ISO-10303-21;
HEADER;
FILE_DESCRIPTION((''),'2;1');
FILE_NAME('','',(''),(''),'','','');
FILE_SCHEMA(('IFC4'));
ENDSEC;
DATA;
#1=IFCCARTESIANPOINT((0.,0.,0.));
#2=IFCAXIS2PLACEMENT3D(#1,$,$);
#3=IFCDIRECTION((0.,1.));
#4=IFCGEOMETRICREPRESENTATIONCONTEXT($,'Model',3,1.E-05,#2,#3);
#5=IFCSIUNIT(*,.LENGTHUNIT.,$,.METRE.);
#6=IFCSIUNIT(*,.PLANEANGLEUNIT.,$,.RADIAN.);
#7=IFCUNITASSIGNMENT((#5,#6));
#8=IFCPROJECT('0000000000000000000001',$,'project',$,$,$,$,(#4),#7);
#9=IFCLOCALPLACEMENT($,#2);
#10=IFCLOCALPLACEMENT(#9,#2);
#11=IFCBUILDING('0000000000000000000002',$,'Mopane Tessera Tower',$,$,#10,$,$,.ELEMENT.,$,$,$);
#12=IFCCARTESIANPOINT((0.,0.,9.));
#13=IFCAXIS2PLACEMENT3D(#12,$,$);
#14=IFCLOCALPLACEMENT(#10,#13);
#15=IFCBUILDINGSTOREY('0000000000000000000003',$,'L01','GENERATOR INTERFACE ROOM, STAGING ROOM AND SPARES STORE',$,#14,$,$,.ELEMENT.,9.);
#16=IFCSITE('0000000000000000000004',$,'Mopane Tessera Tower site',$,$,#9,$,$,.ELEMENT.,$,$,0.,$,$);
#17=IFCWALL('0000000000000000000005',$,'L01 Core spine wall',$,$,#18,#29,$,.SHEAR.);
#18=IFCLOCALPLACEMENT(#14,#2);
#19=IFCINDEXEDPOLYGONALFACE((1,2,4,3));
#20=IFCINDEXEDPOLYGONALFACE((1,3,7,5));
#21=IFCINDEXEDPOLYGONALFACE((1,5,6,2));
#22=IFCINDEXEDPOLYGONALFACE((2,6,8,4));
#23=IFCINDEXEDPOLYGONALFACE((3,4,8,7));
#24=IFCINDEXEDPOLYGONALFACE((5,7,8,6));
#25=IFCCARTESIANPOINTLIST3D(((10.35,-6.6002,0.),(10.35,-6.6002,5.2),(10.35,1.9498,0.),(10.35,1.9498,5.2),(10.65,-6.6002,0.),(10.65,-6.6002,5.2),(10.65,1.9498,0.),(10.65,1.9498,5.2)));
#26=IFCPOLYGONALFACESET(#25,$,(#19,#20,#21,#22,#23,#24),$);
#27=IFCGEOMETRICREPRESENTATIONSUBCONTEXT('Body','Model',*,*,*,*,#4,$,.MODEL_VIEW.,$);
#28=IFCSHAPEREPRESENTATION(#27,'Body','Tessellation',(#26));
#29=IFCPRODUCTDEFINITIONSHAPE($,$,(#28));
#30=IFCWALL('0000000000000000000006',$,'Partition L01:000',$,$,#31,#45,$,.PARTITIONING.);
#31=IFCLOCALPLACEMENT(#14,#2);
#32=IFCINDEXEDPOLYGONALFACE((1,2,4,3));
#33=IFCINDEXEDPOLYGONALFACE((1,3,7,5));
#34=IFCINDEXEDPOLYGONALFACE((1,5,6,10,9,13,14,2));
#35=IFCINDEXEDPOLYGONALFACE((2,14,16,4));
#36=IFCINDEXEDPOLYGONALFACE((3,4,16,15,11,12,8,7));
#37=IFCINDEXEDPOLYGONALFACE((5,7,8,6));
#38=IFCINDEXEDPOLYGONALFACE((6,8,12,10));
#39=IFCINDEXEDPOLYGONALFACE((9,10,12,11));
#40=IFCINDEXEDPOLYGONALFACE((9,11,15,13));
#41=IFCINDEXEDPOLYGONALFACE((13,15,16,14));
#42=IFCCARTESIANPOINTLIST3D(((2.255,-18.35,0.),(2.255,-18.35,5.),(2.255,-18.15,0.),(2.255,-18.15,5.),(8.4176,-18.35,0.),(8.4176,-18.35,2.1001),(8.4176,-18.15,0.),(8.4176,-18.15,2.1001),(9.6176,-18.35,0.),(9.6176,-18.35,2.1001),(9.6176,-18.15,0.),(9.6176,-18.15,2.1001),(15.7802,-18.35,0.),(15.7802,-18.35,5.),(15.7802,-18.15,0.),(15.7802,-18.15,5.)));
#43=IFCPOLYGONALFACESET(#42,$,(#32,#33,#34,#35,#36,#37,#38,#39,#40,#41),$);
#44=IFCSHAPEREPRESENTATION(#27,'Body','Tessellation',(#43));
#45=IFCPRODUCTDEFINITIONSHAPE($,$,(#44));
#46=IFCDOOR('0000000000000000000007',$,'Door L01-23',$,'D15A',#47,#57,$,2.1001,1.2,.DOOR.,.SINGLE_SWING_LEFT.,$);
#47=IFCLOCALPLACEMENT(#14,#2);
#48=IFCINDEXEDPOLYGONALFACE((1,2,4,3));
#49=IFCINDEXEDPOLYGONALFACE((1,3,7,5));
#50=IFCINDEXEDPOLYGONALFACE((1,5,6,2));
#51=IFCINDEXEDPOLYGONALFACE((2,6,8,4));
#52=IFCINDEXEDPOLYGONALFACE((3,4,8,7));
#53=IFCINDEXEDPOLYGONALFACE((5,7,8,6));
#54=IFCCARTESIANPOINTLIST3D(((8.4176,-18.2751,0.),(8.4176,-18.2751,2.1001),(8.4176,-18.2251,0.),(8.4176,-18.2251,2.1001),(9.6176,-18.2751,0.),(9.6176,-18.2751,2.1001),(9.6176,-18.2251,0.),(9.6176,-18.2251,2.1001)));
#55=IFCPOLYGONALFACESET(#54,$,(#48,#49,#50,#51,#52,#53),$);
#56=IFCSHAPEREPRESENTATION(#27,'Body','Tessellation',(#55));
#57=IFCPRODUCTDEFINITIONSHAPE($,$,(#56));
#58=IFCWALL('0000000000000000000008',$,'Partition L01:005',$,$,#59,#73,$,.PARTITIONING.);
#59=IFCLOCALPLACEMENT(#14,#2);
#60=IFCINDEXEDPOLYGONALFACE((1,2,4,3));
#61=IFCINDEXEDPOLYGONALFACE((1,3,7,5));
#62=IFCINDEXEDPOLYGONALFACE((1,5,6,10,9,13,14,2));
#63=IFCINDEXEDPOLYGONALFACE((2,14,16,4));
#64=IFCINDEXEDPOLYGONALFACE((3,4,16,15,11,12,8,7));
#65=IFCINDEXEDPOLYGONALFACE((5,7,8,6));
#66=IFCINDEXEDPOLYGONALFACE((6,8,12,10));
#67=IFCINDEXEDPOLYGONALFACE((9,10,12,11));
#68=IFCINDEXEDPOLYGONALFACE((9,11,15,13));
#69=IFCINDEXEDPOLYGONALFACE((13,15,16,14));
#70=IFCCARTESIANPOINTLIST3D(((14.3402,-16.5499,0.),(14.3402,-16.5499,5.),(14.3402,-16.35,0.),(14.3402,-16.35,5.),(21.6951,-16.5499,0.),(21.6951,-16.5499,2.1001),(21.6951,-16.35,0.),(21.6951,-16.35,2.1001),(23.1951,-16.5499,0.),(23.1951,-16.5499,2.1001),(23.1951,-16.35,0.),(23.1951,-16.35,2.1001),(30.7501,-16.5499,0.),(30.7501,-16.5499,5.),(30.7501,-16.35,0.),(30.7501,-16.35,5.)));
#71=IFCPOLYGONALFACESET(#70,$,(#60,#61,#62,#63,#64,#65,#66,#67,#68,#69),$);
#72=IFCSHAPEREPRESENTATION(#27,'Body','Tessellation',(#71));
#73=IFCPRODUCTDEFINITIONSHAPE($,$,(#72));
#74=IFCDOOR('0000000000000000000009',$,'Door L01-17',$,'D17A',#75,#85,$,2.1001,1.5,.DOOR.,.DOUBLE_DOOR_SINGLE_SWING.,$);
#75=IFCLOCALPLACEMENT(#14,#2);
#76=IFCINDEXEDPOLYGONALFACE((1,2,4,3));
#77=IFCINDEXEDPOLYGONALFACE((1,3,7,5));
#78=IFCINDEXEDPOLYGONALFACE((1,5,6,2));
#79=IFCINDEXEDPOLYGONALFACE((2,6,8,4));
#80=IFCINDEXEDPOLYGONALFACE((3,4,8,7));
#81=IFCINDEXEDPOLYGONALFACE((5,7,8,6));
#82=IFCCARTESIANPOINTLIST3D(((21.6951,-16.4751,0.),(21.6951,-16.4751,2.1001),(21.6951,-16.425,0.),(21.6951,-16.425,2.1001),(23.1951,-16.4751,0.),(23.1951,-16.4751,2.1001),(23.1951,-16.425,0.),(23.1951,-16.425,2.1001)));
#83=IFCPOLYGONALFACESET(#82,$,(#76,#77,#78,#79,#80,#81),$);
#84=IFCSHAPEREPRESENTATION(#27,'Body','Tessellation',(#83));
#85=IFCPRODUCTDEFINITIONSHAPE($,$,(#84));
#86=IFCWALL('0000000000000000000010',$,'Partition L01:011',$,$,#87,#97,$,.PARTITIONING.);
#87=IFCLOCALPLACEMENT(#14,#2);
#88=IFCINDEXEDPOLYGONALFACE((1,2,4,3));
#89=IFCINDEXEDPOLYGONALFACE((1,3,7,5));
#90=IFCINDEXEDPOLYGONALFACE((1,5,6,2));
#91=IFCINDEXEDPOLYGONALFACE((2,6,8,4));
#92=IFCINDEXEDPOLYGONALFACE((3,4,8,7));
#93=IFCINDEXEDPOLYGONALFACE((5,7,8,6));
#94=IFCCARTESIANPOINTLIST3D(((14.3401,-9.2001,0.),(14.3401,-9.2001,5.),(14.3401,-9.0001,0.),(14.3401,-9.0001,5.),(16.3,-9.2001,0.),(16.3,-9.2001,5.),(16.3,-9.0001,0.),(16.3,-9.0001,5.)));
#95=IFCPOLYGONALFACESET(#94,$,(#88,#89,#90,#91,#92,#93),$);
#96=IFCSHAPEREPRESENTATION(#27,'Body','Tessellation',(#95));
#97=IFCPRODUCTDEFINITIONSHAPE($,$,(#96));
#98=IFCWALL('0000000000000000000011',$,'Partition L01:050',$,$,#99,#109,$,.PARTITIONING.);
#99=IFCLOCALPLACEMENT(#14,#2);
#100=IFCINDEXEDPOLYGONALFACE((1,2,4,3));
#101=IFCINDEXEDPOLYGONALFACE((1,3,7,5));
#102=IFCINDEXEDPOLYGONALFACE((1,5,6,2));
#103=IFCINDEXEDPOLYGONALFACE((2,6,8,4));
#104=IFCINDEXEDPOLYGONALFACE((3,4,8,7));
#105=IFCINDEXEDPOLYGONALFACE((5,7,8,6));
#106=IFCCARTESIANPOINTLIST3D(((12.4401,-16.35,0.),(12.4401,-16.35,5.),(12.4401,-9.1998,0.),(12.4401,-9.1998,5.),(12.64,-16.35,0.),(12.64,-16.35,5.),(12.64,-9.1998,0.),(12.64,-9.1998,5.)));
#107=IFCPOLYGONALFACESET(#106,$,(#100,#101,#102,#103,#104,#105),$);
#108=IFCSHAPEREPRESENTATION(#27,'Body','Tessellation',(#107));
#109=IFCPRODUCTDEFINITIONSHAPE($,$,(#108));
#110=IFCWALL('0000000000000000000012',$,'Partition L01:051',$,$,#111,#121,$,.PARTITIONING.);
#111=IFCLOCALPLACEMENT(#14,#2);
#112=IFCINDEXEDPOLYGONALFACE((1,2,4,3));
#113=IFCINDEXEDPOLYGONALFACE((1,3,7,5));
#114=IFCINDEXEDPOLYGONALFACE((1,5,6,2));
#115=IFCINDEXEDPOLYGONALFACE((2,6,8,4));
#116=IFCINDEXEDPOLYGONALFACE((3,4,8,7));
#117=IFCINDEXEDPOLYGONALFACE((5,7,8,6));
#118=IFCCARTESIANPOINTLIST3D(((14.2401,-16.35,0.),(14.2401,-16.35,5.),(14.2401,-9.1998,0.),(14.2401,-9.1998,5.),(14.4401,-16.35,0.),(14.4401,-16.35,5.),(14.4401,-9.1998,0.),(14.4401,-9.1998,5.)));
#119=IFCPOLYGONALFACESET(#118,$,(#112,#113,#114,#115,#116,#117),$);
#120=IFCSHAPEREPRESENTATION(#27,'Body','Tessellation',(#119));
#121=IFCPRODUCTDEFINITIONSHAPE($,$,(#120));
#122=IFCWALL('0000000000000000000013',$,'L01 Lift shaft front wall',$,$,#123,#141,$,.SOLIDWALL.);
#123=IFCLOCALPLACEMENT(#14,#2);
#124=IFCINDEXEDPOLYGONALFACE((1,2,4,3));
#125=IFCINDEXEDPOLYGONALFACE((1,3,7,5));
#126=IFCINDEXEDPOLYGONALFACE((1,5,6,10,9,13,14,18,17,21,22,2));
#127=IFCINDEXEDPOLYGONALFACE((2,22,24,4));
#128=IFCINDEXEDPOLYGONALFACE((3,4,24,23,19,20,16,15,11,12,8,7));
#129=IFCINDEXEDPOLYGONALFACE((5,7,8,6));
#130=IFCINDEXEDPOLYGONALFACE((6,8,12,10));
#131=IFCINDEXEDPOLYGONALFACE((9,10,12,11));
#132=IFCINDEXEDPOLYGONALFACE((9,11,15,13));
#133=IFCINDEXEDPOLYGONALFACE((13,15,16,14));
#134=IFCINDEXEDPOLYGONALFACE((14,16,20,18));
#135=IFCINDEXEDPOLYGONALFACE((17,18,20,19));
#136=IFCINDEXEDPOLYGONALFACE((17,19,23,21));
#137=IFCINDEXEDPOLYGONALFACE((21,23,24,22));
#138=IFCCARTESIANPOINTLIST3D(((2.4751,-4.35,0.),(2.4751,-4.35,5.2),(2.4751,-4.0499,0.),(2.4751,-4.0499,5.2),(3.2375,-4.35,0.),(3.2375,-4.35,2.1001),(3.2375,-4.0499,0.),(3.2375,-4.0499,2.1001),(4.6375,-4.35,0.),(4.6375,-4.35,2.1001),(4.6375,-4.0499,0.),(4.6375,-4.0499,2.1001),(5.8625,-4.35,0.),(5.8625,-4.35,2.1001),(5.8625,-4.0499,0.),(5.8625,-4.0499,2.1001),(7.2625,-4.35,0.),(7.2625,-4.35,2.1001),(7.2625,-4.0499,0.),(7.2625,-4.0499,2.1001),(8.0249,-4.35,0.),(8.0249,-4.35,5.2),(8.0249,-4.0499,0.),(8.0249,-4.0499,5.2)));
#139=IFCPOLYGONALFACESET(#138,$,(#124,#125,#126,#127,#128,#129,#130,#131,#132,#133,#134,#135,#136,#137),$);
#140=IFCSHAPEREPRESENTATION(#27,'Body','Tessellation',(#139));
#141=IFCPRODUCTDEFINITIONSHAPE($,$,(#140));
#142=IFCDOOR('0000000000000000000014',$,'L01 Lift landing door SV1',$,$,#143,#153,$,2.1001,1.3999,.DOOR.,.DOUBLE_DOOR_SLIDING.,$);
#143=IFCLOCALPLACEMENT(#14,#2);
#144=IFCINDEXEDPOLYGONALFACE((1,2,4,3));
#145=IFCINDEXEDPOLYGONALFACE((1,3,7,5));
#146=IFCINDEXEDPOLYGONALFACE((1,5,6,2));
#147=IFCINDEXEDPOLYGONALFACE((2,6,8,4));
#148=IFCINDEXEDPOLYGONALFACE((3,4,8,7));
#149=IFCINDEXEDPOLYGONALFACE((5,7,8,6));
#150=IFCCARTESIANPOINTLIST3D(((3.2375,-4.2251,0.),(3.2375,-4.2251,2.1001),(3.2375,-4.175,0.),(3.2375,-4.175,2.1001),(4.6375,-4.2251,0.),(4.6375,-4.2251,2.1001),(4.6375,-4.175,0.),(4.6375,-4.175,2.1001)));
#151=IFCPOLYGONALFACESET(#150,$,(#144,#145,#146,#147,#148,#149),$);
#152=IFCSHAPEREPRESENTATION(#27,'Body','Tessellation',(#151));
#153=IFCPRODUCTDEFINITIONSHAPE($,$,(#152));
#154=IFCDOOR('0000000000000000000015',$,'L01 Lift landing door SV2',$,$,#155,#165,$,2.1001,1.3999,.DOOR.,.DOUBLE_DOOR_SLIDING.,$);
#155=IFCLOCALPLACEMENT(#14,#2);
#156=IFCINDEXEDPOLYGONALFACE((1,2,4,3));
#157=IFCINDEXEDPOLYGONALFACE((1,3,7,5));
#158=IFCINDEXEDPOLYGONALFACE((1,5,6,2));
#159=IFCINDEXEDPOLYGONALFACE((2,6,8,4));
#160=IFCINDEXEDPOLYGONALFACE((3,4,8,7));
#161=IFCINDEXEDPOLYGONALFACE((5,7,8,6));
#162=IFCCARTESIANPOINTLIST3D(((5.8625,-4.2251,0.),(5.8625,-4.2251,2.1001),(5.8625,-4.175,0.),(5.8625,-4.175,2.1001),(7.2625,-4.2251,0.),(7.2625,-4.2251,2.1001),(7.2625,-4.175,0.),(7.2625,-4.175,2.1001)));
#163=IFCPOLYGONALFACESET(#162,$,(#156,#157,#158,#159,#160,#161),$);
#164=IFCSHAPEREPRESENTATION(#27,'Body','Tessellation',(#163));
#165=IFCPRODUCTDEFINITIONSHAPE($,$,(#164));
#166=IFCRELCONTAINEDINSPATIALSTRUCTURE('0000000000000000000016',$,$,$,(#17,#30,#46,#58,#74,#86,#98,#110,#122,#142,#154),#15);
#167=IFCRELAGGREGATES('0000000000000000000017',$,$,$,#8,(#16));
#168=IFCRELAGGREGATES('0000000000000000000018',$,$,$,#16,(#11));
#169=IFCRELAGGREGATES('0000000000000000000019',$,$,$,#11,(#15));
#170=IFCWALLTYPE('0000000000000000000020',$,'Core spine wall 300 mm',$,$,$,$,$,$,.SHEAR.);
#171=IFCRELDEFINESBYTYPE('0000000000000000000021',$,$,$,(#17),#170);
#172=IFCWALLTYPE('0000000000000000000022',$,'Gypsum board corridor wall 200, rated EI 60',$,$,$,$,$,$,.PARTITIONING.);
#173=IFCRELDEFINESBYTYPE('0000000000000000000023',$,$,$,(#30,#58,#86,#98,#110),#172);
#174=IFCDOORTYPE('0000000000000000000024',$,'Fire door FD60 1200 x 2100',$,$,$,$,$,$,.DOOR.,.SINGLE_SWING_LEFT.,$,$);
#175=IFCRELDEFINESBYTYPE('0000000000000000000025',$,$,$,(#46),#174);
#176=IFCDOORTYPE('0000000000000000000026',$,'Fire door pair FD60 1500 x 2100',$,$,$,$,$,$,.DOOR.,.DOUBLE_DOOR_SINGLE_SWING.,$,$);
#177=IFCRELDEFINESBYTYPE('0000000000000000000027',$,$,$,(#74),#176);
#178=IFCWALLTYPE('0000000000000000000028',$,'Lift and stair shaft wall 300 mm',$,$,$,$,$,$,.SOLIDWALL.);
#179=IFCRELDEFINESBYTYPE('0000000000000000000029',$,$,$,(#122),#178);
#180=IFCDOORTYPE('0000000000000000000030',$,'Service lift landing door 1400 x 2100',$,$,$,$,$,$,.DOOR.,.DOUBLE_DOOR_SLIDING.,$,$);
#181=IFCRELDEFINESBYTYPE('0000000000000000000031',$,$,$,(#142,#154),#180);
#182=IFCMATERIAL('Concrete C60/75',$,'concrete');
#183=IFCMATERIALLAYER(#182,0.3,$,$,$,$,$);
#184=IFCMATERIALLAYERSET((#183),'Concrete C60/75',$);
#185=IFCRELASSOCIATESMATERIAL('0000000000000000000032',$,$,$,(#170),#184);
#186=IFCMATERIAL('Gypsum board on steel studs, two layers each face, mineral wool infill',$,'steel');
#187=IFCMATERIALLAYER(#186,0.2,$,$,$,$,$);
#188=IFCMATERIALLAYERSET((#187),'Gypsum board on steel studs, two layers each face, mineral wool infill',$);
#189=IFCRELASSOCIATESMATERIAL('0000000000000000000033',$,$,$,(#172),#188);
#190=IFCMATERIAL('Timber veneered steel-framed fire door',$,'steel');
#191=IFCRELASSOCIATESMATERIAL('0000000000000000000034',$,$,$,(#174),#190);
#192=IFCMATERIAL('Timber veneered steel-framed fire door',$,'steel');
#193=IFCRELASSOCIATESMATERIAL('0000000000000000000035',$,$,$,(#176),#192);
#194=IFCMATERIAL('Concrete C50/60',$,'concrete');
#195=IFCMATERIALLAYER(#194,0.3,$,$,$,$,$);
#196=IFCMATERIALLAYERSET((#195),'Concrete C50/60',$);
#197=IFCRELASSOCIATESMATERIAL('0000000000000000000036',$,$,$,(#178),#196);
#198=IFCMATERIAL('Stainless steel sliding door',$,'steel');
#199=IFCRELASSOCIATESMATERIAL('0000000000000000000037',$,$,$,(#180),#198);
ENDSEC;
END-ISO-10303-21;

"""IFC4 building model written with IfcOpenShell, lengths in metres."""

from ifc_helpers import new_model, si_unit, direction, frame, frame_2d, origin, place, context, subcontext, project, spatial, rectangle, extrude, material, layer, layer_set, type_object, element, fill, save


model = new_model("IFC4")

# Units and contexts
model_context = context("Model", 3, precision=1e-05, world=origin(), true_north=direction((0.0, 1.0)))
body_context = subcontext(model_context, "Body", "Model", "MODEL_VIEW")
ifc_project = project(units=[si_unit("LENGTHUNIT", "METRE"), si_unit("PLANEANGLEUNIT", "RADIAN")], contexts=[model_context])

# Site, building, storey
site_placement = place(None, origin())
site = spatial("IfcSite", under=ifc_project, at=site_placement, Name="Mopane Tessera Tower site", CompositionType="ELEMENT", RefElevation=0.0)
building_placement = place(site_placement, origin())
building = spatial("IfcBuilding", under=site, at=building_placement, Name="Mopane Tessera Tower", CompositionType="ELEMENT")
storey_placement = place(building_placement, frame((0.0, 0.0, 9.0)))
storey = spatial("IfcBuildingStorey", under=building, at=storey_placement, Name="L01", Description="GENERATOR INTERFACE ROOM, STAGING ROOM AND SPARES STORE", CompositionType="ELEMENT", Elevation=9.0)

# Wall
ifc_material_1 = material(Name="Concrete C60/75", Category="concrete")
ifc_layer_1 = layer(ifc_material_1, 0.3)
ifc_layer_set_1 = layer_set([ifc_layer_1], Name="Concrete C60/75")
wall_type_1 = type_object("IfcWallType", Name="Core spine wall 300 mm", PredefinedType="SHEAR", material=ifc_layer_set_1)
wall_1_placement = place(storey_placement, frame((10.5, -6.6001, 0.0), z_axis=(0.0, 0.0, 1.0), x_axis=(0.0, 1.0, 0.0)))
element("IfcWall", 1, at=wall_1_placement, inside=storey, type_object=wall_type_1, Name="L01 Core spine wall", PredefinedType="SHEAR", context=body_context, shape_type="SweptSolid", body=[
    extrude(rectangle(XDim=8.55, YDim=0.3, at=frame_2d((4.2749, 0.0))), origin(), (0.0, 0.0, 1.0), 5.2),
])

# Walls, openings, doors
ifc_material_2 = material(Name="Gypsum board on steel studs, two layers each face, mineral wool infill", Category="steel")
ifc_layer_2 = layer(ifc_material_2, 0.2)
ifc_layer_set_2 = layer_set([ifc_layer_2], Name="Gypsum board on steel studs, two layers each face, mineral wool infill")
wall_type_2 = type_object("IfcWallType", Name="Gypsum board corridor wall 200, rated EI 60", PredefinedType="PARTITIONING", material=ifc_layer_set_2)
wall_2_placement = place(storey_placement, frame((2.2549, -18.25, 0.0), z_axis=(0.0, 0.0, 1.0), x_axis=(1.0, 0.0, 0.0)))
wall_2 = element("IfcWall", 2, at=wall_2_placement, inside=storey, type_object=wall_type_2, Name="Partition L01:000", PredefinedType="PARTITIONING", context=body_context, shape_type="SweptSolid", body=[
    extrude(rectangle(XDim=13.5251, YDim=0.2, at=frame_2d((6.7627, 0.0))), origin(), (0.0, 0.0, 1.0), 5.0),
])
opening_1_placement = place(wall_2_placement, frame((6.1626, 0.0, 0.0)))
opening_1 = element("IfcOpeningElement", 3, at=opening_1_placement, cuts=wall_2, PredefinedType="OPENING", context=body_context, shape_type="SweptSolid", body=[
    extrude(rectangle(XDim=1.2, YDim=2.1001, at=frame_2d((0.6001, 1.05))), frame((0.0, 0.1121, 0.0), z_axis=(0.0, -1.0, 0.0), x_axis=(1.0, 0.0, 0.0)), (0.0, 0.0, 1.0), 0.2239),
])
ifc_material_3 = material(Name="Timber veneered steel-framed fire door", Category="steel")
door_type_1 = type_object("IfcDoorType", Name="Fire door FD60 1200 x 2100", OperationType="SINGLE_SWING_LEFT", PredefinedType="DOOR", material=ifc_material_3)
door_1_placement = place(opening_1_placement, origin())
door_1 = element("IfcDoor", 4, at=door_1_placement, inside=storey, type_object=door_type_1, Name="Door L01-23", ObjectType="D15A", OperationType="SINGLE_SWING_LEFT", OverallHeight=2.1001, OverallWidth=1.2, PredefinedType="DOOR", context=body_context, shape_type="SweptSolid", body=[
    extrude(rectangle(XDim=1.2, YDim=2.1001, at=frame_2d((0.6001, 1.05))), frame((0.0, 0.0249, 0.0), z_axis=(0.0, -1.0, 0.0), x_axis=(1.0, 0.0, 0.0)), (0.0, 0.0, 1.0), 0.05),
])
fill(opening_1, door_1)
wall_3_placement = place(storey_placement, frame((14.3401, -16.45, 0.0), z_axis=(0.0, 0.0, 1.0), x_axis=(1.0, 0.0, 0.0)))
wall_3 = element("IfcWall", 5, at=wall_3_placement, inside=storey, type_object=wall_type_2, Name="Partition L01:005", PredefinedType="PARTITIONING", context=body_context, shape_type="SweptSolid", body=[
    extrude(rectangle(XDim=16.4099, YDim=0.2, at=frame_2d((8.2051, 0.0))), origin(), (0.0, 0.0, 1.0), 5.0),
])
opening_2_placement = place(wall_3_placement, frame((7.355, 0.0, 0.0)))
opening_2 = element("IfcOpeningElement", 6, at=opening_2_placement, cuts=wall_3, PredefinedType="OPENING", context=body_context, shape_type="SweptSolid", body=[
    extrude(rectangle(XDim=1.5, YDim=2.1001, at=frame_2d((0.75, 1.05))), frame((0.0, 0.1121, 0.0), z_axis=(0.0, -1.0, 0.0), x_axis=(1.0, 0.0, 0.0)), (0.0, 0.0, 1.0), 0.2239),
])
ifc_material_4 = material(Name="Timber veneered steel-framed fire door", Category="steel")
door_type_2 = type_object("IfcDoorType", Name="Fire door pair FD60 1500 x 2100", OperationType="DOUBLE_DOOR_SINGLE_SWING", PredefinedType="DOOR", material=ifc_material_4)
door_2_placement = place(opening_2_placement, origin())
door_2 = element("IfcDoor", 7, at=door_2_placement, inside=storey, type_object=door_type_2, Name="Door L01-17", ObjectType="D17A", OperationType="DOUBLE_DOOR_SINGLE_SWING", OverallHeight=2.1001, OverallWidth=1.5, PredefinedType="DOOR", context=body_context, shape_type="SweptSolid", body=[
    extrude(rectangle(XDim=1.5, YDim=2.1001, at=frame_2d((0.75, 1.05))), frame((0.0, 0.0249, 0.0), z_axis=(0.0, -1.0, 0.0), x_axis=(1.0, 0.0, 0.0)), (0.0, 0.0, 1.0), 0.05),
])
fill(opening_2, door_2)

# Walls
wall_4_placement = place(storey_placement, frame((14.3401, -9.1001, 0.0), z_axis=(0.0, 0.0, 1.0), x_axis=(1.0, 0.0, 0.0)))
element("IfcWall", 8, at=wall_4_placement, inside=storey, type_object=wall_type_2, Name="Partition L01:011", PredefinedType="PARTITIONING", context=body_context, shape_type="SweptSolid", body=[
    extrude(rectangle(XDim=1.96, YDim=0.2, at=frame_2d((0.98, 0.0))), origin(), (0.0, 0.0, 1.0), 5.0),
])
for number, where, z_axis, x_axis, name in (
    (9, (12.54, -16.3501, 0.0), (0.0, 0.0, 1.0), (0.0, 1.0, 0.0), "Partition L01:050"),
    (10, (14.3401, -16.3501, 0.0), (0.0, 0.0, 1.0), (0.0, 1.0, 0.0), "Partition L01:051"),
):
    element("IfcWall", number, at=place(storey_placement, frame(where, z_axis=z_axis, x_axis=x_axis)), inside=storey, type_object=wall_type_2, Name=name, PredefinedType="PARTITIONING", context=body_context, shape_type="SweptSolid", body=[
        extrude(rectangle(XDim=7.1501, YDim=0.2, at=frame_2d((3.5752, 0.0))), origin(), (0.0, 0.0, 1.0), 5.0),
    ])

# Wall, openings, doors
ifc_material_5 = material(Name="Concrete C50/60", Category="concrete")
ifc_layer_3 = layer(ifc_material_5, 0.3)
ifc_layer_set_3 = layer_set([ifc_layer_3], Name="Concrete C50/60")
wall_type_3 = type_object("IfcWallType", Name="Lift and stair shaft wall 300 mm", PredefinedType="SOLIDWALL", material=ifc_layer_set_3)
wall_5_placement = place(storey_placement, frame((2.4751, -4.2, 0.0), z_axis=(0.0, 0.0, 1.0), x_axis=(1.0, 0.0, 0.0)))
wall_5 = element("IfcWall", 11, at=wall_5_placement, inside=storey, type_object=wall_type_3, Name="L01 Lift shaft front wall", PredefinedType="SOLIDWALL", context=body_context, shape_type="SweptSolid", body=[
    extrude(rectangle(XDim=5.5498, YDim=0.3, at=frame_2d((2.7749, 0.0))), origin(), (0.0, 0.0, 1.0), 5.2),
])
opening_3_placement = place(wall_5_placement, frame((0.7625, 0.0, 0.0)))
opening_3 = element("IfcOpeningElement", 12, at=opening_3_placement, cuts=wall_5, PredefinedType="OPENING", context=body_context, shape_type="SweptSolid", body=[
    extrude(rectangle(XDim=1.3999, YDim=2.1001, at=frame_2d((0.7, 1.05))), frame((0.0, 0.1621, 0.0), z_axis=(0.0, -1.0, 0.0), x_axis=(1.0, 0.0, 0.0)), (0.0, 0.0, 1.0), 0.324),
])
opening_4_placement = place(wall_5_placement, frame((3.3875, 0.0, 0.0)))
opening_4 = element("IfcOpeningElement", 13, at=opening_4_placement, cuts=wall_5, PredefinedType="OPENING", context=body_context, shape_type="SweptSolid", body=[
    extrude(rectangle(XDim=1.3999, YDim=2.1001, at=frame_2d((0.7, 1.05))), frame((0.0, 0.1621, 0.0), z_axis=(0.0, -1.0, 0.0), x_axis=(1.0, 0.0, 0.0)), (0.0, 0.0, 1.0), 0.324),
])
ifc_material_6 = material(Name="Stainless steel sliding door", Category="steel")
door_type_3 = type_object("IfcDoorType", Name="Service lift landing door 1400 x 2100", OperationType="DOUBLE_DOOR_SLIDING", PredefinedType="DOOR", material=ifc_material_6)
door_3_placement = place(opening_3_placement, origin())
door_3 = element("IfcDoor", 14, at=door_3_placement, inside=storey, type_object=door_type_3, Name="L01 Lift landing door SV1", OperationType="DOUBLE_DOOR_SLIDING", OverallHeight=2.1001, OverallWidth=1.3999, PredefinedType="DOOR", context=body_context, shape_type="SweptSolid", body=[
    extrude(rectangle(XDim=1.3999, YDim=2.1001, at=frame_2d((0.7, 1.05))), frame((0.0, 0.0249, 0.0), z_axis=(0.0, -1.0, 0.0), x_axis=(1.0, 0.0, 0.0)), (0.0, 0.0, 1.0), 0.05),
])
fill(opening_3, door_3)
door_4_placement = place(opening_4_placement, origin())
door_4 = element("IfcDoor", 15, at=door_4_placement, inside=storey, type_object=door_type_3, Name="L01 Lift landing door SV2", OperationType="DOUBLE_DOOR_SLIDING", OverallHeight=2.1001, OverallWidth=1.3999, PredefinedType="DOOR", context=body_context, shape_type="SweptSolid", body=[
    extrude(rectangle(XDim=1.3999, YDim=2.1001, at=frame_2d((0.7, 1.05))), frame((0.0, 0.0249, 0.0), z_axis=(0.0, -1.0, 0.0), x_axis=(1.0, 0.0, 0.0)), (0.0, 0.0, 1.0), 0.05),
])
fill(opening_4, door_4)

save(model, "model.ifc")
